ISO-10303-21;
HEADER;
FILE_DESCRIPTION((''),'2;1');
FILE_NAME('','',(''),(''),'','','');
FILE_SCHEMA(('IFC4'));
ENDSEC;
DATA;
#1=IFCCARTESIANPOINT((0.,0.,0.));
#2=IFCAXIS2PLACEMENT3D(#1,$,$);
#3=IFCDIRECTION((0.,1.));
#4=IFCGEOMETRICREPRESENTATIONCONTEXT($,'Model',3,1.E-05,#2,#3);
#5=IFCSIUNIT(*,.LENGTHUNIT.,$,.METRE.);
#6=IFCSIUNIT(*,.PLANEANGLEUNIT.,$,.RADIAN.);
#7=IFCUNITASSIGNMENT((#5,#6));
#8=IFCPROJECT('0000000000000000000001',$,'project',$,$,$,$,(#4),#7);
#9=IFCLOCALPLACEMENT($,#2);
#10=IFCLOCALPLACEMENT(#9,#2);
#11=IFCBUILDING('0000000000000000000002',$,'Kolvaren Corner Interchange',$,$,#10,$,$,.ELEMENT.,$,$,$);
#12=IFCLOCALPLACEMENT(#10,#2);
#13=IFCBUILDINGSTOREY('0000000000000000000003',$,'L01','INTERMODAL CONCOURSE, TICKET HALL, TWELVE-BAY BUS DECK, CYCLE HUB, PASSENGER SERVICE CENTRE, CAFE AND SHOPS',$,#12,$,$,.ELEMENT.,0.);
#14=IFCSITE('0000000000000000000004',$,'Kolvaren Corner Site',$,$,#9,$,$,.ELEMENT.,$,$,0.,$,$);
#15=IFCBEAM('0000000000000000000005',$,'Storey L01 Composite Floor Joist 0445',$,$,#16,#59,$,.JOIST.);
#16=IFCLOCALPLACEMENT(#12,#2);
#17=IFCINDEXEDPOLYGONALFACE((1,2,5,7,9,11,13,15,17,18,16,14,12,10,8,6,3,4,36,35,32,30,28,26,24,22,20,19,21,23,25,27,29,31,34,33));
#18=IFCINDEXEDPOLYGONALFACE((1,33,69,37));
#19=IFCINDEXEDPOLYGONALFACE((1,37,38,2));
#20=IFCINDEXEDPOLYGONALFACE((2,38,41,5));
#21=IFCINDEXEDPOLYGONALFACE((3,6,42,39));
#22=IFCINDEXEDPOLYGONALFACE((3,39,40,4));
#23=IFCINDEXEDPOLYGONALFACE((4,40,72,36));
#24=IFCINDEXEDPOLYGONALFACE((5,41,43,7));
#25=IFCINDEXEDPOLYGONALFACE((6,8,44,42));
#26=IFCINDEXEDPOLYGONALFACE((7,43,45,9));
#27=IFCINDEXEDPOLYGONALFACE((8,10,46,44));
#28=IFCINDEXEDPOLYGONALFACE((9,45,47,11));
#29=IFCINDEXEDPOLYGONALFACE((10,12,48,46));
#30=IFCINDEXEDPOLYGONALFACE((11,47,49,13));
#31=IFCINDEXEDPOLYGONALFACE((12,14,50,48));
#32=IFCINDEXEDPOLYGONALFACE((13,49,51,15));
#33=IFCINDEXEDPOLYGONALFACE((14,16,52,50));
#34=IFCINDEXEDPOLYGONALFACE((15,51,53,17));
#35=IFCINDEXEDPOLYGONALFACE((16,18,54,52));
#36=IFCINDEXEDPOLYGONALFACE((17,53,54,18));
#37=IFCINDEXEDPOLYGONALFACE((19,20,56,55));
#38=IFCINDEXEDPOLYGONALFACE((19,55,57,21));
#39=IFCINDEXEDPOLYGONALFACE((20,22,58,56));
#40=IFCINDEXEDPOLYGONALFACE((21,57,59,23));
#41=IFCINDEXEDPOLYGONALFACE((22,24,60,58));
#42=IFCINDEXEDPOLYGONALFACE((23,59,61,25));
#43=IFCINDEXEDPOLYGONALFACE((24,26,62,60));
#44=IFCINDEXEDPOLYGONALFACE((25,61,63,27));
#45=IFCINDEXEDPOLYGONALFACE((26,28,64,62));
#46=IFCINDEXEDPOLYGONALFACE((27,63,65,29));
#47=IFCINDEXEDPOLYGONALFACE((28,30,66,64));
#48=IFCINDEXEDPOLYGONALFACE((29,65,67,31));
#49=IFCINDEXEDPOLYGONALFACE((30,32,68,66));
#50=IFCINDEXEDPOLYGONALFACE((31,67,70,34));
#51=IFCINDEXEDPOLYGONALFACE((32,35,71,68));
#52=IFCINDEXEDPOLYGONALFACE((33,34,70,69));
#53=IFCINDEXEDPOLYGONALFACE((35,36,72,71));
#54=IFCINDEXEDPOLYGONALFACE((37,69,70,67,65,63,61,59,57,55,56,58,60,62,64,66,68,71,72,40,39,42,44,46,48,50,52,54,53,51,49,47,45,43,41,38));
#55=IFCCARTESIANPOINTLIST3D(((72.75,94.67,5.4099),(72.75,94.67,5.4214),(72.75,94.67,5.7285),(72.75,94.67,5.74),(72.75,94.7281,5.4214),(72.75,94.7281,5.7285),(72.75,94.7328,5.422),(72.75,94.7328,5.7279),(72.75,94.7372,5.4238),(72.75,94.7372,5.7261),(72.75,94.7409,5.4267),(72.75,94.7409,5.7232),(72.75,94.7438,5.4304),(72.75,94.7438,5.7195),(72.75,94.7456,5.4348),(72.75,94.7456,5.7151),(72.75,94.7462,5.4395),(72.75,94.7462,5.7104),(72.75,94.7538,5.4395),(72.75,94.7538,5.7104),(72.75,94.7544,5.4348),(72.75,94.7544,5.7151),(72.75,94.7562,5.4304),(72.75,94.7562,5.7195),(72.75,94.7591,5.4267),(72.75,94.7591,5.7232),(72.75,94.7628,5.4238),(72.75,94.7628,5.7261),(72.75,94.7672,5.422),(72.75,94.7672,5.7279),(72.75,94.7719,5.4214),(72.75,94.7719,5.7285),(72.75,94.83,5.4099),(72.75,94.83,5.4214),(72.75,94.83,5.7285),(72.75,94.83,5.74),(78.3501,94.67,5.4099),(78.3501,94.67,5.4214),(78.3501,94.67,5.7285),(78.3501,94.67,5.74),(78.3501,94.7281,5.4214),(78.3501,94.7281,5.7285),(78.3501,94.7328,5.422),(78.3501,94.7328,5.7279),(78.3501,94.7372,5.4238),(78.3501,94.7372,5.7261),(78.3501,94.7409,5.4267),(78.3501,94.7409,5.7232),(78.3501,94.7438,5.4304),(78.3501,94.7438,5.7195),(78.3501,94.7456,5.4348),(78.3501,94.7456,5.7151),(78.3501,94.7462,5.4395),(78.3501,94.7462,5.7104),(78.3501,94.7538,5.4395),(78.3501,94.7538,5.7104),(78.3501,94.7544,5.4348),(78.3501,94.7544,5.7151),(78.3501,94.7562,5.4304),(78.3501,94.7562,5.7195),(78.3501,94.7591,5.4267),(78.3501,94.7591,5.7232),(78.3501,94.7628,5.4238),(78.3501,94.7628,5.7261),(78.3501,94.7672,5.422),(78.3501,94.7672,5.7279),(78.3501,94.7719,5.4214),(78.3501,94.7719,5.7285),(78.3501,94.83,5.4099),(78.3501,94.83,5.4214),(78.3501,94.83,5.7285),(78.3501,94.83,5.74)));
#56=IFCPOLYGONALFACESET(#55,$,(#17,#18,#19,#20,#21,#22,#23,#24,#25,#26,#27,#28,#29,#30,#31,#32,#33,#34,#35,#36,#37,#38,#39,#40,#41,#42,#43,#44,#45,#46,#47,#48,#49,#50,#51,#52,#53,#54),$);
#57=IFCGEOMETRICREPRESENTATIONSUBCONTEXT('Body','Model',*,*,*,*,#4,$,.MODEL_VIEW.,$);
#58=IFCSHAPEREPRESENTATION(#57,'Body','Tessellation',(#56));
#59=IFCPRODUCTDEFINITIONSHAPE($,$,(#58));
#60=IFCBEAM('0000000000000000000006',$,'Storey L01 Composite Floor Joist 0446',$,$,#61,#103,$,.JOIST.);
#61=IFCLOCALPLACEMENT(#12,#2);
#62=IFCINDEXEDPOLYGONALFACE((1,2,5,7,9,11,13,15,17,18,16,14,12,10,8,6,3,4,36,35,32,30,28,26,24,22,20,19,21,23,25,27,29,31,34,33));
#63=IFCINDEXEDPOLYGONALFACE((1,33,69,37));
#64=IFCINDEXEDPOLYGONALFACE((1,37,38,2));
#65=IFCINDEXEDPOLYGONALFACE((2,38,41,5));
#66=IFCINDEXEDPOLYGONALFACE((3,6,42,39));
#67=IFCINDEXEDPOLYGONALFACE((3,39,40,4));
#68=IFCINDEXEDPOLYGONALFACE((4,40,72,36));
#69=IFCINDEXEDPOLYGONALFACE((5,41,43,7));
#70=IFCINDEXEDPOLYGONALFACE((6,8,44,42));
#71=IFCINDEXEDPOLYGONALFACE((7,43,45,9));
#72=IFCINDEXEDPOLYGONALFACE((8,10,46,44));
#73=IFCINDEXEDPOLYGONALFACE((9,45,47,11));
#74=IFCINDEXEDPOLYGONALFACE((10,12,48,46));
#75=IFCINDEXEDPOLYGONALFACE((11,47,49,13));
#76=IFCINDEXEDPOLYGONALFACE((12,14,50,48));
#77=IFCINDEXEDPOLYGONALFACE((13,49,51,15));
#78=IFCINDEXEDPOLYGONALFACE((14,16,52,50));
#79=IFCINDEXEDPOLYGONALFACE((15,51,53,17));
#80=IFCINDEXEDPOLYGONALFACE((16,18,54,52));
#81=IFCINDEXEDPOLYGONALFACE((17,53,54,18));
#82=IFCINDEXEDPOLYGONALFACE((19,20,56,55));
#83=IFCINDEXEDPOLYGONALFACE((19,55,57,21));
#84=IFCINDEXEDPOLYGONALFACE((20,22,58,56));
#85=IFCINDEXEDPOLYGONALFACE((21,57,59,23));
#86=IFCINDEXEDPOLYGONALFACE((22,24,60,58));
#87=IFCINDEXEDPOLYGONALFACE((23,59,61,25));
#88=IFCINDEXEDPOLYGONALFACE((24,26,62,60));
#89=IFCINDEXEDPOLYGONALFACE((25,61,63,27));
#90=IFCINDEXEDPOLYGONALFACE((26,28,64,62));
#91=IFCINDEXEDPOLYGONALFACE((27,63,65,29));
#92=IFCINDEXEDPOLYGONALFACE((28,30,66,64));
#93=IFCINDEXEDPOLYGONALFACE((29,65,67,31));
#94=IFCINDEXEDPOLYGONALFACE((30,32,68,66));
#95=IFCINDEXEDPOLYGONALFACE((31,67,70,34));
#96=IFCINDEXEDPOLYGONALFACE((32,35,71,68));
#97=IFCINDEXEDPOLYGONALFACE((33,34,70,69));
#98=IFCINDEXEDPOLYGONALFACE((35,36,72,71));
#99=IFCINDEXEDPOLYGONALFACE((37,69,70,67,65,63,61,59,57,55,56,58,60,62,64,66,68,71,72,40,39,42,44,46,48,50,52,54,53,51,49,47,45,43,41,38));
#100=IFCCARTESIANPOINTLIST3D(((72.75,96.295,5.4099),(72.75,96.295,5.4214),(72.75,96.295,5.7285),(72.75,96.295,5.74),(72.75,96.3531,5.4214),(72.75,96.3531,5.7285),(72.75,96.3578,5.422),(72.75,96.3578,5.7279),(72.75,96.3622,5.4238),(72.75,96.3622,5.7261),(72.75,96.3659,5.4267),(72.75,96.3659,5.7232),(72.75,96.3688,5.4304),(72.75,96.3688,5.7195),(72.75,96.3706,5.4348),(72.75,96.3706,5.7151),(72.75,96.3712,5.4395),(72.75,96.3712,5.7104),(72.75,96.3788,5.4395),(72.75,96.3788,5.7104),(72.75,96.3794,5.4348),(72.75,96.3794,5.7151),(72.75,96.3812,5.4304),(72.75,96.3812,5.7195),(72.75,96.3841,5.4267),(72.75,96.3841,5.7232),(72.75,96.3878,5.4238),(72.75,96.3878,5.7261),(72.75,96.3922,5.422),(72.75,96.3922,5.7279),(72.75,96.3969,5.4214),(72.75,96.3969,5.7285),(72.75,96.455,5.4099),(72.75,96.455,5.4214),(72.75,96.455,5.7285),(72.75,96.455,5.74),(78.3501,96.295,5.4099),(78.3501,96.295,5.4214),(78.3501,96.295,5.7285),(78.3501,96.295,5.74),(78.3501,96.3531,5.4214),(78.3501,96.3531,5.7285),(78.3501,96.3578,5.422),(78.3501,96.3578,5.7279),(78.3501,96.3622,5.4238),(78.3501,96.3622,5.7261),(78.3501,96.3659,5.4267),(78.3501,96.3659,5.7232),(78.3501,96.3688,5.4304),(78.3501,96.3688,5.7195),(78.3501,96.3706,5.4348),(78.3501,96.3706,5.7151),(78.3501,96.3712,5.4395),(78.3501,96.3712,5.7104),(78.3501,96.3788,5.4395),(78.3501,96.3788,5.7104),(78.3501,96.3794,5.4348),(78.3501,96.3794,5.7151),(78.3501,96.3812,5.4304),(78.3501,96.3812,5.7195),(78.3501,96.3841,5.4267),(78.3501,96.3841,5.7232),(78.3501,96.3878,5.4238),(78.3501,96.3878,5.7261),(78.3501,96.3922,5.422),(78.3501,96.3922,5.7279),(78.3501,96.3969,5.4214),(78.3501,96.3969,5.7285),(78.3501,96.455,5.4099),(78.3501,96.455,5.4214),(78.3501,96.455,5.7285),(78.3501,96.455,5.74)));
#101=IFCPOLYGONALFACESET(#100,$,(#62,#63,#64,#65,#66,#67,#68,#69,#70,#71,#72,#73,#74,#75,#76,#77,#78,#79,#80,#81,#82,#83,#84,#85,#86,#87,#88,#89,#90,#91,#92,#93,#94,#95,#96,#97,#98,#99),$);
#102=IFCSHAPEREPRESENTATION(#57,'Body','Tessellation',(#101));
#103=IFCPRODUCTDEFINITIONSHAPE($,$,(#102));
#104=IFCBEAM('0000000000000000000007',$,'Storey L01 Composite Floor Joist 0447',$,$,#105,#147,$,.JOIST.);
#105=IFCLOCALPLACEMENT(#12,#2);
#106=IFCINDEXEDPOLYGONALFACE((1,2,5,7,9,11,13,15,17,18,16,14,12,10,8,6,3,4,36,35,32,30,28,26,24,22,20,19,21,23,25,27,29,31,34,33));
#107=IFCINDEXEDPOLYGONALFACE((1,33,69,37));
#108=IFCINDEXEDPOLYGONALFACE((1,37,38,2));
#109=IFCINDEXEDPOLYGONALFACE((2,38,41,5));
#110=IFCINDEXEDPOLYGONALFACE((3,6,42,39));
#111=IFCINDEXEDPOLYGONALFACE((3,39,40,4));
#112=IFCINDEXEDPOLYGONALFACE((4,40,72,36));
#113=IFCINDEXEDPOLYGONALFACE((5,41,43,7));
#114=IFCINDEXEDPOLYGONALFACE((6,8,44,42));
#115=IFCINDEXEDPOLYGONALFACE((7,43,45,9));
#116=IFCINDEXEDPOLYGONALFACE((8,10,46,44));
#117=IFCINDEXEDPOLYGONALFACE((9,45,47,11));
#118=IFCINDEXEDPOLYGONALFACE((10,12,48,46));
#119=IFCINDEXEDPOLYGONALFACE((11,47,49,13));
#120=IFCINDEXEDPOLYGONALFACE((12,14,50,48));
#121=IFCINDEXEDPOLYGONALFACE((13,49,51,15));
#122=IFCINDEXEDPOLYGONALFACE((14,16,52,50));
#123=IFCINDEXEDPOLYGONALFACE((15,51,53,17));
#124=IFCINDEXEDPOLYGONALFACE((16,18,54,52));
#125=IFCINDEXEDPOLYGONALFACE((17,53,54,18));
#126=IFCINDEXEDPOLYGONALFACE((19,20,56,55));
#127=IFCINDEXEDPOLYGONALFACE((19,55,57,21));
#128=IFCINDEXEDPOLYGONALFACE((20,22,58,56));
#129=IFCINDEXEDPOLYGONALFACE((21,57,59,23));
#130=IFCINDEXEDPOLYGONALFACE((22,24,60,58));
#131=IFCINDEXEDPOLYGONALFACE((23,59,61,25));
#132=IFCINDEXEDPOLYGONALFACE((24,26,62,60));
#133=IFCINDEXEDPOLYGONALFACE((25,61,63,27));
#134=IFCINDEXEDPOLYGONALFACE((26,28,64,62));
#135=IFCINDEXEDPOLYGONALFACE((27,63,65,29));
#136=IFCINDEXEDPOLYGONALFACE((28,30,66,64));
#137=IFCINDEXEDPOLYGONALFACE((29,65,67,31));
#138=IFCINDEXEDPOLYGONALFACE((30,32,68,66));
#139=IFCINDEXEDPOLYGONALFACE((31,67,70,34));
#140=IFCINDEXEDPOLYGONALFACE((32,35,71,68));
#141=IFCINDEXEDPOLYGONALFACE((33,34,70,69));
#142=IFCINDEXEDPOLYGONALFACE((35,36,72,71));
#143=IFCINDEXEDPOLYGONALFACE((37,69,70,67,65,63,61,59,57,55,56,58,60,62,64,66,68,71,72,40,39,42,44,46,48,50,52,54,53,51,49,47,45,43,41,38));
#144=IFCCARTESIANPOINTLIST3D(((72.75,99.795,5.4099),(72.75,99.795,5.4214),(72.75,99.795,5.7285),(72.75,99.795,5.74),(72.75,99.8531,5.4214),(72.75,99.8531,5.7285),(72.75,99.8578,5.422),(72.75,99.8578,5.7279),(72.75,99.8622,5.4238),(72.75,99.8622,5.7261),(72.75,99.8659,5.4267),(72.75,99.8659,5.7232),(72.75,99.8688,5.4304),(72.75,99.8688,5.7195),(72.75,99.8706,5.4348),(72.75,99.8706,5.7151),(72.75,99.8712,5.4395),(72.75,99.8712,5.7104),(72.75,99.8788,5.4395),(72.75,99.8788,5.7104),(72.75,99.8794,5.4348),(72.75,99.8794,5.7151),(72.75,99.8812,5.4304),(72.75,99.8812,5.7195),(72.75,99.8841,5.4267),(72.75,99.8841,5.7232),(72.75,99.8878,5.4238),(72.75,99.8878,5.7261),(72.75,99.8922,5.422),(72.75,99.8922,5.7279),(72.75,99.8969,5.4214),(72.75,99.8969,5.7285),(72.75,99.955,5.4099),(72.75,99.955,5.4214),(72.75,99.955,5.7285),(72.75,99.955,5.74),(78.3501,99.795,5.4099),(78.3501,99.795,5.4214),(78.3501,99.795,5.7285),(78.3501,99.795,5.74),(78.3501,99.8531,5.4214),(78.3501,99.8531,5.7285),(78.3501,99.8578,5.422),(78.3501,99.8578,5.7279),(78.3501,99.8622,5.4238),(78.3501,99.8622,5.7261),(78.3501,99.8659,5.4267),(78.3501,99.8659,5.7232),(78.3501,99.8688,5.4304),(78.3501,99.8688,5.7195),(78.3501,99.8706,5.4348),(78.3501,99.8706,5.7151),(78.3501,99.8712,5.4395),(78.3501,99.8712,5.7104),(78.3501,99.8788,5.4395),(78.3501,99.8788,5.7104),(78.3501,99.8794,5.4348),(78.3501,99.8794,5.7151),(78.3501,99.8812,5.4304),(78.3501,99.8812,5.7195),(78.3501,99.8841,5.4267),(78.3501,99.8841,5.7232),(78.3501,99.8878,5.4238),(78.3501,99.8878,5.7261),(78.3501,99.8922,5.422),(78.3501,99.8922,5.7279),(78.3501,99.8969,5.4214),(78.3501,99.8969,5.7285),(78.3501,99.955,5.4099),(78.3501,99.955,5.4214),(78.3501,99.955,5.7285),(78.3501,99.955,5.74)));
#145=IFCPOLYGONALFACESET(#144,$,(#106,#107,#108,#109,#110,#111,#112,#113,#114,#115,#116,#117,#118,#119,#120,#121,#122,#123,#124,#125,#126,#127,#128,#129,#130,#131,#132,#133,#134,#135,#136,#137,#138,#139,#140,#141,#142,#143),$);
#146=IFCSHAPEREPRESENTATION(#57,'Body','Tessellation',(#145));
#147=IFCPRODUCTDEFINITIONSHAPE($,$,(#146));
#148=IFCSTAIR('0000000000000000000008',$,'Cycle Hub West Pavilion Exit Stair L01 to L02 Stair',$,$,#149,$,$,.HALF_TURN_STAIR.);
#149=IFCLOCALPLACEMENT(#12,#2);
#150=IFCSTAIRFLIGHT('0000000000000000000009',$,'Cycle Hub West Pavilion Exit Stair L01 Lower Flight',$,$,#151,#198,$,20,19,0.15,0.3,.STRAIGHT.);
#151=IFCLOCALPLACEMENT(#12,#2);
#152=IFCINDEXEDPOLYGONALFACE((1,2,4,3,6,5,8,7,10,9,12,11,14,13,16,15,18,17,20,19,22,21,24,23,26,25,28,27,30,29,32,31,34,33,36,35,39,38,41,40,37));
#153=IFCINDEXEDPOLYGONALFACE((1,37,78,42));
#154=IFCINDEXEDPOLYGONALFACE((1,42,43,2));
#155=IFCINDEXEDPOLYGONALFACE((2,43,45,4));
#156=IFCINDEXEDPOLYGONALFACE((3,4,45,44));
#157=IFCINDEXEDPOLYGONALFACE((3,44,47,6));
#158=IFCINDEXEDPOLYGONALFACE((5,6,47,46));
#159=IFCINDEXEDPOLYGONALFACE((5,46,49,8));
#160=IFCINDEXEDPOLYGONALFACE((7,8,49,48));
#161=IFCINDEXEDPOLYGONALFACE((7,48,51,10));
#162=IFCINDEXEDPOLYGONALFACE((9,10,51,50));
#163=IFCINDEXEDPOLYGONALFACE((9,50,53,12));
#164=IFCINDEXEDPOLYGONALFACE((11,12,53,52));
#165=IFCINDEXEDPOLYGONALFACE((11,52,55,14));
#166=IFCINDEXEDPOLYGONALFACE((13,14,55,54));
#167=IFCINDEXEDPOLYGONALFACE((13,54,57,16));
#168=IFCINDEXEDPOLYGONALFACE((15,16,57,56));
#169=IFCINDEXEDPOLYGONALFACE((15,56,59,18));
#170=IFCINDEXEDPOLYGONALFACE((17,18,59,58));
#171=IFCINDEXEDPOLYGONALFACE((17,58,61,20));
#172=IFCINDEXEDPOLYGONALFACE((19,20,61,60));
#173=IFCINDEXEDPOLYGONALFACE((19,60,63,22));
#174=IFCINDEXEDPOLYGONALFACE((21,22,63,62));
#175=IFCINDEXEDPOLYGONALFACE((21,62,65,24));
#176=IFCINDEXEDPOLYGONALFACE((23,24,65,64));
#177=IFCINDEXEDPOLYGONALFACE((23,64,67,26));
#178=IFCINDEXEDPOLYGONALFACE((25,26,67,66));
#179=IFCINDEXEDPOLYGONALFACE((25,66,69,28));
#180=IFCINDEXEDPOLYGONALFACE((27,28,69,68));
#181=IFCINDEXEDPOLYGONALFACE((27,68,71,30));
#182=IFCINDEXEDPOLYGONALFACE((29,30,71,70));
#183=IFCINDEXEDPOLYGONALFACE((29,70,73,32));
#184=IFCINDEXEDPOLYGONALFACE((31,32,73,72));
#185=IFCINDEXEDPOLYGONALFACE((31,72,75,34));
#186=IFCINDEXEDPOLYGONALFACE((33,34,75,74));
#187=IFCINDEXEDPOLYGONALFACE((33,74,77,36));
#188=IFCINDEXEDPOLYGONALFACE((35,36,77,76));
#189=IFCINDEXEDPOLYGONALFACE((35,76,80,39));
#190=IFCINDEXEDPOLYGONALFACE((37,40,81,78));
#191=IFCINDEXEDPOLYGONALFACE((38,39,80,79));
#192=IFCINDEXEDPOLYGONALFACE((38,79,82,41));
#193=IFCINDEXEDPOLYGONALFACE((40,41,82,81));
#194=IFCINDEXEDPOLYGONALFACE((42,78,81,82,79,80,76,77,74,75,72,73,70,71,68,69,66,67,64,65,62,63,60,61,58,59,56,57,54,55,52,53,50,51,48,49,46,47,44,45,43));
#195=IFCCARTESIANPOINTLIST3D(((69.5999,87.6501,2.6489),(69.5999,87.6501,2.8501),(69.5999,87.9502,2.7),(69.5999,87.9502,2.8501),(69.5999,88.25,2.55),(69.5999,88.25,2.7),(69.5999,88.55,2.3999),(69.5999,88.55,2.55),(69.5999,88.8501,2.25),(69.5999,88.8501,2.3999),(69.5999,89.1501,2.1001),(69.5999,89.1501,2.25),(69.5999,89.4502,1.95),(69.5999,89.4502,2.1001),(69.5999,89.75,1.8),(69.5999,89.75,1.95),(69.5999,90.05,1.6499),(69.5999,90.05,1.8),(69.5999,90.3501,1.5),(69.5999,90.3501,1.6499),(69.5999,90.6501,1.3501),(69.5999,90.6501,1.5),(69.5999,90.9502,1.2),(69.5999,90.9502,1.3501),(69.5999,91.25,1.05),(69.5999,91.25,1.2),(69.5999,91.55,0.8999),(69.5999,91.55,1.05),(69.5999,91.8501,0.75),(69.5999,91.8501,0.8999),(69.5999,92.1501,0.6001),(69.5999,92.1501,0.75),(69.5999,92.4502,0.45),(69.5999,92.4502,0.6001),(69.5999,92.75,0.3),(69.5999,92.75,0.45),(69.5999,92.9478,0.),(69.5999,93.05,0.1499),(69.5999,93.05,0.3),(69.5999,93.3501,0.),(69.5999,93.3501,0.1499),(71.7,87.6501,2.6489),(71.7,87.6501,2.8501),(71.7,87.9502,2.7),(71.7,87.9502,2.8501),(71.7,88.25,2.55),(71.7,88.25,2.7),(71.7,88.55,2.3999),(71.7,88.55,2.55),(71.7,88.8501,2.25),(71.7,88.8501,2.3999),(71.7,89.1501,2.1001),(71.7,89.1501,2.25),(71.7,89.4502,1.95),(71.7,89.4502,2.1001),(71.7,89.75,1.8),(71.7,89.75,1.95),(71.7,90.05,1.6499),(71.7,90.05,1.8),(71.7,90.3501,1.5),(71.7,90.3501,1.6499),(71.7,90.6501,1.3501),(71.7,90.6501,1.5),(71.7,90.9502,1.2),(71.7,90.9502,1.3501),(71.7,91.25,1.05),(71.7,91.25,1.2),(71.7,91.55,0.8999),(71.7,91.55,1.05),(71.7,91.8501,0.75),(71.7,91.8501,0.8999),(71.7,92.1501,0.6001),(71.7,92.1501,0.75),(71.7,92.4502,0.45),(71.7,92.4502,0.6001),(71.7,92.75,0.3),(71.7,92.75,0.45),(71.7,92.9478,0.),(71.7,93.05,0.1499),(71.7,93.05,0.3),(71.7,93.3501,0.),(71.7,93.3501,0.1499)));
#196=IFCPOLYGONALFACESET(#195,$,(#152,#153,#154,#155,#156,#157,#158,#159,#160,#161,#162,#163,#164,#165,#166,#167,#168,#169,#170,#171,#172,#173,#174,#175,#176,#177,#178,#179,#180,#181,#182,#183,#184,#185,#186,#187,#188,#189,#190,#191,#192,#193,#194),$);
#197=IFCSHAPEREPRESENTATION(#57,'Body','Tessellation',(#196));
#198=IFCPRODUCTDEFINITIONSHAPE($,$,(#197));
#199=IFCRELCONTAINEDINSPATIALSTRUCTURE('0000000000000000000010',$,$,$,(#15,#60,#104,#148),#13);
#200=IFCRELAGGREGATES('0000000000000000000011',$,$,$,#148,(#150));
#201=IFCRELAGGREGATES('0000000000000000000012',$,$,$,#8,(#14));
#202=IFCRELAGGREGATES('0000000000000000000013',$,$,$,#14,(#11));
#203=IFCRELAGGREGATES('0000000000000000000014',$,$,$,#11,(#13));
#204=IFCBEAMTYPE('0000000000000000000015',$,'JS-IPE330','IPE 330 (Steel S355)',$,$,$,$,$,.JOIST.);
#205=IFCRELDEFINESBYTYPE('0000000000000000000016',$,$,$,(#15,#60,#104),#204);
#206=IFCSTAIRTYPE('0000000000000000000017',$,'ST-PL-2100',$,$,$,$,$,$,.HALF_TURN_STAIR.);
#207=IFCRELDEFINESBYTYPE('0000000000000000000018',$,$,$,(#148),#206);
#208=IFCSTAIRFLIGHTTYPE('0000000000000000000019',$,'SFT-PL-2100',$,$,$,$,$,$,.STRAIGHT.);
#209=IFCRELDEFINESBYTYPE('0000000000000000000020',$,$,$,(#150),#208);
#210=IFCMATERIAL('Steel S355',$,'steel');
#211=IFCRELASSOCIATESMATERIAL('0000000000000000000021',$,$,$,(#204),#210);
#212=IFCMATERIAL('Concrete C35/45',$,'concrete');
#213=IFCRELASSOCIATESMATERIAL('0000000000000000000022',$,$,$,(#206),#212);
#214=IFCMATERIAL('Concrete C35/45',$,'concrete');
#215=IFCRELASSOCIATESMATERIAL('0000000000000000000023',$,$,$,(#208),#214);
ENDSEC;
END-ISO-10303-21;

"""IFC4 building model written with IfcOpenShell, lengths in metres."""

from ifc_helpers import new_model, si_unit, direction, frame, origin, origin_2d, place, context, subcontext, project, spatial, polyline, i_section, outline, extrude, material, material_profile, profile_set, type_object, element, aggregate, save


model = new_model("IFC4")

# Units and contexts
model_context = context("Model", 3, precision=1e-05, world=origin(), true_north=direction((0.0, 1.0)))
body_context = subcontext(model_context, "Body", "Model", "MODEL_VIEW")
ifc_project = project(units=[si_unit("LENGTHUNIT", "METRE"), si_unit("PLANEANGLEUNIT", "RADIAN")], contexts=[model_context])

# Site, building, storey
site_placement = place(None, origin())
site = spatial("IfcSite", under=ifc_project, at=site_placement, Name="Kolvaren Corner Site", CompositionType="ELEMENT", RefElevation=0.0)
building_placement = place(site_placement, origin())
building = spatial("IfcBuilding", under=site, at=building_placement, Name="Kolvaren Corner Interchange", CompositionType="ELEMENT")
storey_placement = place(building_placement, origin())
storey = spatial("IfcBuildingStorey", under=building, at=storey_placement, Name="L01", Description="INTERMODAL CONCOURSE, TICKET HALL, TWELVE-BAY BUS DECK, CYCLE HUB, PASSENGER SERVICE CENTRE, CAFE AND SHOPS", CompositionType="ELEMENT", Elevation=0.0)

# Beams
ifc_material_1 = material(Name="Steel S355", Category="steel")
ifc_material_profile_1 = material_profile(ifc_material_1, i_section(OverallWidth=0.1599, OverallDepth=0.3301, WebThickness=0.0076, FlangeThickness=0.0115, FilletRadius=0.0181, at=origin_2d()), Name="IPE 330")
ifc_profile_set_1 = profile_set([ifc_material_profile_1], Name="Steel S355")
beam_type_1 = type_object("IfcBeamType", Name="JS-IPE330", Description="IPE 330 (Steel S355)", PredefinedType="JOIST", material=ifc_profile_set_1)
for number, where, z_axis, x_axis, name in (
    (1, (72.75, 94.75, 5.575), (1.0, 0.0, 0.0), (0.0, 1.0, 0.0), "Storey L01 Composite Floor Joist 0445"),
    (2, (72.75, 96.375, 5.575), (1.0, 0.0, 0.0), (0.0, 1.0, 0.0), "Storey L01 Composite Floor Joist 0446"),
    (3, (72.75, 99.875, 5.575), (1.0, 0.0, 0.0), (0.0, 1.0, 0.0), "Storey L01 Composite Floor Joist 0447"),
):
    element("IfcBeam", number, at=place(storey_placement, frame(where, z_axis=z_axis, x_axis=x_axis)), inside=storey, type_object=beam_type_1, Name=name, PredefinedType="JOIST", context=body_context, shape_type="SweptSolid", body=[
        extrude(i_section(OverallWidth=0.1599, OverallDepth=0.3301, WebThickness=0.0076, FlangeThickness=0.0115, FilletRadius=0.0181, at=origin_2d()), origin(), (0.0, 0.0, 1.0), 5.6001),
    ])

# Stair, stair flight
ifc_material_2 = material(Name="Concrete C35/45", Category="concrete")
stair_type = type_object("IfcStairType", Name="ST-PL-2100", PredefinedType="HALF_TURN_STAIR", material=ifc_material_2)
stair_placement = place(storey_placement, origin())
stair = element("IfcStair", 4, at=stair_placement, inside=storey, type_object=stair_type, Name="Cycle Hub West Pavilion Exit Stair L01 to L02 Stair", PredefinedType="HALF_TURN_STAIR")
ifc_material_3 = material(Name="Concrete C35/45", Category="concrete")
stair_flight_type = type_object("IfcStairFlightType", Name="SFT-PL-2100", PredefinedType="STRAIGHT", material=ifc_material_3)
stair_flight_1_placement = place(storey_placement, frame((70.6499, 93.3501, 0.0), z_axis=(0.0, 0.0, 1.0), x_axis=(0.0, -1.0, 0.0)))
stair_flight_1 = element("IfcStairFlight", 5, at=stair_flight_1_placement, type_object=stair_flight_type, Name="Cycle Hub West Pavilion Exit Stair L01 Lower Flight", NumberOfRisers=20, NumberOfTreads=19, PredefinedType="STRAIGHT", RiserHeight=0.15, TreadLength=0.3, context=body_context, shape_type="SweptSolid", body=[
    extrude(outline(polyline([(0.0, 0.0), (0.0, 0.1499), (0.3, 0.1499), (0.3, 0.3), (0.6001, 0.3), (0.6001, 0.45), (0.8999, 0.45), (0.8999, 0.6001), (1.2, 0.6001), (1.2, 0.75), (1.5, 0.75), (1.5, 0.8999), (1.8, 0.8999), (1.8, 1.05), (2.1001, 1.05), (2.1001, 1.2), (2.3999, 1.2), (2.3999, 1.3501), (2.7, 1.3501), (2.7, 1.5), (3.0, 1.5), (3.0, 1.6499), (3.3, 1.6499), (3.3, 1.8), (3.6001, 1.8), (3.6001, 1.95), (3.8999, 1.95), (3.8999, 2.1001), (4.2, 2.1001), (4.2, 2.25), (4.5, 2.25), (4.5, 2.3999), (4.8, 2.3999), (4.8, 2.55), (5.1001, 2.55), (5.1001, 2.7), (5.3999, 2.7), (5.3999, 2.8501), (5.7, 2.8501), (5.7, 3.0), (5.7, 2.6489), (0.4023, 0.0), (0.0, 0.0)])), frame((0.0, 1.05, 0.0), z_axis=(0.0, -1.0, 0.0), x_axis=(1.0, 0.0, 0.0)), (0.0, 0.0, 1.0), 2.1001),
])
aggregate(stair, [stair_flight_1])

save(model, "model.ifc")
